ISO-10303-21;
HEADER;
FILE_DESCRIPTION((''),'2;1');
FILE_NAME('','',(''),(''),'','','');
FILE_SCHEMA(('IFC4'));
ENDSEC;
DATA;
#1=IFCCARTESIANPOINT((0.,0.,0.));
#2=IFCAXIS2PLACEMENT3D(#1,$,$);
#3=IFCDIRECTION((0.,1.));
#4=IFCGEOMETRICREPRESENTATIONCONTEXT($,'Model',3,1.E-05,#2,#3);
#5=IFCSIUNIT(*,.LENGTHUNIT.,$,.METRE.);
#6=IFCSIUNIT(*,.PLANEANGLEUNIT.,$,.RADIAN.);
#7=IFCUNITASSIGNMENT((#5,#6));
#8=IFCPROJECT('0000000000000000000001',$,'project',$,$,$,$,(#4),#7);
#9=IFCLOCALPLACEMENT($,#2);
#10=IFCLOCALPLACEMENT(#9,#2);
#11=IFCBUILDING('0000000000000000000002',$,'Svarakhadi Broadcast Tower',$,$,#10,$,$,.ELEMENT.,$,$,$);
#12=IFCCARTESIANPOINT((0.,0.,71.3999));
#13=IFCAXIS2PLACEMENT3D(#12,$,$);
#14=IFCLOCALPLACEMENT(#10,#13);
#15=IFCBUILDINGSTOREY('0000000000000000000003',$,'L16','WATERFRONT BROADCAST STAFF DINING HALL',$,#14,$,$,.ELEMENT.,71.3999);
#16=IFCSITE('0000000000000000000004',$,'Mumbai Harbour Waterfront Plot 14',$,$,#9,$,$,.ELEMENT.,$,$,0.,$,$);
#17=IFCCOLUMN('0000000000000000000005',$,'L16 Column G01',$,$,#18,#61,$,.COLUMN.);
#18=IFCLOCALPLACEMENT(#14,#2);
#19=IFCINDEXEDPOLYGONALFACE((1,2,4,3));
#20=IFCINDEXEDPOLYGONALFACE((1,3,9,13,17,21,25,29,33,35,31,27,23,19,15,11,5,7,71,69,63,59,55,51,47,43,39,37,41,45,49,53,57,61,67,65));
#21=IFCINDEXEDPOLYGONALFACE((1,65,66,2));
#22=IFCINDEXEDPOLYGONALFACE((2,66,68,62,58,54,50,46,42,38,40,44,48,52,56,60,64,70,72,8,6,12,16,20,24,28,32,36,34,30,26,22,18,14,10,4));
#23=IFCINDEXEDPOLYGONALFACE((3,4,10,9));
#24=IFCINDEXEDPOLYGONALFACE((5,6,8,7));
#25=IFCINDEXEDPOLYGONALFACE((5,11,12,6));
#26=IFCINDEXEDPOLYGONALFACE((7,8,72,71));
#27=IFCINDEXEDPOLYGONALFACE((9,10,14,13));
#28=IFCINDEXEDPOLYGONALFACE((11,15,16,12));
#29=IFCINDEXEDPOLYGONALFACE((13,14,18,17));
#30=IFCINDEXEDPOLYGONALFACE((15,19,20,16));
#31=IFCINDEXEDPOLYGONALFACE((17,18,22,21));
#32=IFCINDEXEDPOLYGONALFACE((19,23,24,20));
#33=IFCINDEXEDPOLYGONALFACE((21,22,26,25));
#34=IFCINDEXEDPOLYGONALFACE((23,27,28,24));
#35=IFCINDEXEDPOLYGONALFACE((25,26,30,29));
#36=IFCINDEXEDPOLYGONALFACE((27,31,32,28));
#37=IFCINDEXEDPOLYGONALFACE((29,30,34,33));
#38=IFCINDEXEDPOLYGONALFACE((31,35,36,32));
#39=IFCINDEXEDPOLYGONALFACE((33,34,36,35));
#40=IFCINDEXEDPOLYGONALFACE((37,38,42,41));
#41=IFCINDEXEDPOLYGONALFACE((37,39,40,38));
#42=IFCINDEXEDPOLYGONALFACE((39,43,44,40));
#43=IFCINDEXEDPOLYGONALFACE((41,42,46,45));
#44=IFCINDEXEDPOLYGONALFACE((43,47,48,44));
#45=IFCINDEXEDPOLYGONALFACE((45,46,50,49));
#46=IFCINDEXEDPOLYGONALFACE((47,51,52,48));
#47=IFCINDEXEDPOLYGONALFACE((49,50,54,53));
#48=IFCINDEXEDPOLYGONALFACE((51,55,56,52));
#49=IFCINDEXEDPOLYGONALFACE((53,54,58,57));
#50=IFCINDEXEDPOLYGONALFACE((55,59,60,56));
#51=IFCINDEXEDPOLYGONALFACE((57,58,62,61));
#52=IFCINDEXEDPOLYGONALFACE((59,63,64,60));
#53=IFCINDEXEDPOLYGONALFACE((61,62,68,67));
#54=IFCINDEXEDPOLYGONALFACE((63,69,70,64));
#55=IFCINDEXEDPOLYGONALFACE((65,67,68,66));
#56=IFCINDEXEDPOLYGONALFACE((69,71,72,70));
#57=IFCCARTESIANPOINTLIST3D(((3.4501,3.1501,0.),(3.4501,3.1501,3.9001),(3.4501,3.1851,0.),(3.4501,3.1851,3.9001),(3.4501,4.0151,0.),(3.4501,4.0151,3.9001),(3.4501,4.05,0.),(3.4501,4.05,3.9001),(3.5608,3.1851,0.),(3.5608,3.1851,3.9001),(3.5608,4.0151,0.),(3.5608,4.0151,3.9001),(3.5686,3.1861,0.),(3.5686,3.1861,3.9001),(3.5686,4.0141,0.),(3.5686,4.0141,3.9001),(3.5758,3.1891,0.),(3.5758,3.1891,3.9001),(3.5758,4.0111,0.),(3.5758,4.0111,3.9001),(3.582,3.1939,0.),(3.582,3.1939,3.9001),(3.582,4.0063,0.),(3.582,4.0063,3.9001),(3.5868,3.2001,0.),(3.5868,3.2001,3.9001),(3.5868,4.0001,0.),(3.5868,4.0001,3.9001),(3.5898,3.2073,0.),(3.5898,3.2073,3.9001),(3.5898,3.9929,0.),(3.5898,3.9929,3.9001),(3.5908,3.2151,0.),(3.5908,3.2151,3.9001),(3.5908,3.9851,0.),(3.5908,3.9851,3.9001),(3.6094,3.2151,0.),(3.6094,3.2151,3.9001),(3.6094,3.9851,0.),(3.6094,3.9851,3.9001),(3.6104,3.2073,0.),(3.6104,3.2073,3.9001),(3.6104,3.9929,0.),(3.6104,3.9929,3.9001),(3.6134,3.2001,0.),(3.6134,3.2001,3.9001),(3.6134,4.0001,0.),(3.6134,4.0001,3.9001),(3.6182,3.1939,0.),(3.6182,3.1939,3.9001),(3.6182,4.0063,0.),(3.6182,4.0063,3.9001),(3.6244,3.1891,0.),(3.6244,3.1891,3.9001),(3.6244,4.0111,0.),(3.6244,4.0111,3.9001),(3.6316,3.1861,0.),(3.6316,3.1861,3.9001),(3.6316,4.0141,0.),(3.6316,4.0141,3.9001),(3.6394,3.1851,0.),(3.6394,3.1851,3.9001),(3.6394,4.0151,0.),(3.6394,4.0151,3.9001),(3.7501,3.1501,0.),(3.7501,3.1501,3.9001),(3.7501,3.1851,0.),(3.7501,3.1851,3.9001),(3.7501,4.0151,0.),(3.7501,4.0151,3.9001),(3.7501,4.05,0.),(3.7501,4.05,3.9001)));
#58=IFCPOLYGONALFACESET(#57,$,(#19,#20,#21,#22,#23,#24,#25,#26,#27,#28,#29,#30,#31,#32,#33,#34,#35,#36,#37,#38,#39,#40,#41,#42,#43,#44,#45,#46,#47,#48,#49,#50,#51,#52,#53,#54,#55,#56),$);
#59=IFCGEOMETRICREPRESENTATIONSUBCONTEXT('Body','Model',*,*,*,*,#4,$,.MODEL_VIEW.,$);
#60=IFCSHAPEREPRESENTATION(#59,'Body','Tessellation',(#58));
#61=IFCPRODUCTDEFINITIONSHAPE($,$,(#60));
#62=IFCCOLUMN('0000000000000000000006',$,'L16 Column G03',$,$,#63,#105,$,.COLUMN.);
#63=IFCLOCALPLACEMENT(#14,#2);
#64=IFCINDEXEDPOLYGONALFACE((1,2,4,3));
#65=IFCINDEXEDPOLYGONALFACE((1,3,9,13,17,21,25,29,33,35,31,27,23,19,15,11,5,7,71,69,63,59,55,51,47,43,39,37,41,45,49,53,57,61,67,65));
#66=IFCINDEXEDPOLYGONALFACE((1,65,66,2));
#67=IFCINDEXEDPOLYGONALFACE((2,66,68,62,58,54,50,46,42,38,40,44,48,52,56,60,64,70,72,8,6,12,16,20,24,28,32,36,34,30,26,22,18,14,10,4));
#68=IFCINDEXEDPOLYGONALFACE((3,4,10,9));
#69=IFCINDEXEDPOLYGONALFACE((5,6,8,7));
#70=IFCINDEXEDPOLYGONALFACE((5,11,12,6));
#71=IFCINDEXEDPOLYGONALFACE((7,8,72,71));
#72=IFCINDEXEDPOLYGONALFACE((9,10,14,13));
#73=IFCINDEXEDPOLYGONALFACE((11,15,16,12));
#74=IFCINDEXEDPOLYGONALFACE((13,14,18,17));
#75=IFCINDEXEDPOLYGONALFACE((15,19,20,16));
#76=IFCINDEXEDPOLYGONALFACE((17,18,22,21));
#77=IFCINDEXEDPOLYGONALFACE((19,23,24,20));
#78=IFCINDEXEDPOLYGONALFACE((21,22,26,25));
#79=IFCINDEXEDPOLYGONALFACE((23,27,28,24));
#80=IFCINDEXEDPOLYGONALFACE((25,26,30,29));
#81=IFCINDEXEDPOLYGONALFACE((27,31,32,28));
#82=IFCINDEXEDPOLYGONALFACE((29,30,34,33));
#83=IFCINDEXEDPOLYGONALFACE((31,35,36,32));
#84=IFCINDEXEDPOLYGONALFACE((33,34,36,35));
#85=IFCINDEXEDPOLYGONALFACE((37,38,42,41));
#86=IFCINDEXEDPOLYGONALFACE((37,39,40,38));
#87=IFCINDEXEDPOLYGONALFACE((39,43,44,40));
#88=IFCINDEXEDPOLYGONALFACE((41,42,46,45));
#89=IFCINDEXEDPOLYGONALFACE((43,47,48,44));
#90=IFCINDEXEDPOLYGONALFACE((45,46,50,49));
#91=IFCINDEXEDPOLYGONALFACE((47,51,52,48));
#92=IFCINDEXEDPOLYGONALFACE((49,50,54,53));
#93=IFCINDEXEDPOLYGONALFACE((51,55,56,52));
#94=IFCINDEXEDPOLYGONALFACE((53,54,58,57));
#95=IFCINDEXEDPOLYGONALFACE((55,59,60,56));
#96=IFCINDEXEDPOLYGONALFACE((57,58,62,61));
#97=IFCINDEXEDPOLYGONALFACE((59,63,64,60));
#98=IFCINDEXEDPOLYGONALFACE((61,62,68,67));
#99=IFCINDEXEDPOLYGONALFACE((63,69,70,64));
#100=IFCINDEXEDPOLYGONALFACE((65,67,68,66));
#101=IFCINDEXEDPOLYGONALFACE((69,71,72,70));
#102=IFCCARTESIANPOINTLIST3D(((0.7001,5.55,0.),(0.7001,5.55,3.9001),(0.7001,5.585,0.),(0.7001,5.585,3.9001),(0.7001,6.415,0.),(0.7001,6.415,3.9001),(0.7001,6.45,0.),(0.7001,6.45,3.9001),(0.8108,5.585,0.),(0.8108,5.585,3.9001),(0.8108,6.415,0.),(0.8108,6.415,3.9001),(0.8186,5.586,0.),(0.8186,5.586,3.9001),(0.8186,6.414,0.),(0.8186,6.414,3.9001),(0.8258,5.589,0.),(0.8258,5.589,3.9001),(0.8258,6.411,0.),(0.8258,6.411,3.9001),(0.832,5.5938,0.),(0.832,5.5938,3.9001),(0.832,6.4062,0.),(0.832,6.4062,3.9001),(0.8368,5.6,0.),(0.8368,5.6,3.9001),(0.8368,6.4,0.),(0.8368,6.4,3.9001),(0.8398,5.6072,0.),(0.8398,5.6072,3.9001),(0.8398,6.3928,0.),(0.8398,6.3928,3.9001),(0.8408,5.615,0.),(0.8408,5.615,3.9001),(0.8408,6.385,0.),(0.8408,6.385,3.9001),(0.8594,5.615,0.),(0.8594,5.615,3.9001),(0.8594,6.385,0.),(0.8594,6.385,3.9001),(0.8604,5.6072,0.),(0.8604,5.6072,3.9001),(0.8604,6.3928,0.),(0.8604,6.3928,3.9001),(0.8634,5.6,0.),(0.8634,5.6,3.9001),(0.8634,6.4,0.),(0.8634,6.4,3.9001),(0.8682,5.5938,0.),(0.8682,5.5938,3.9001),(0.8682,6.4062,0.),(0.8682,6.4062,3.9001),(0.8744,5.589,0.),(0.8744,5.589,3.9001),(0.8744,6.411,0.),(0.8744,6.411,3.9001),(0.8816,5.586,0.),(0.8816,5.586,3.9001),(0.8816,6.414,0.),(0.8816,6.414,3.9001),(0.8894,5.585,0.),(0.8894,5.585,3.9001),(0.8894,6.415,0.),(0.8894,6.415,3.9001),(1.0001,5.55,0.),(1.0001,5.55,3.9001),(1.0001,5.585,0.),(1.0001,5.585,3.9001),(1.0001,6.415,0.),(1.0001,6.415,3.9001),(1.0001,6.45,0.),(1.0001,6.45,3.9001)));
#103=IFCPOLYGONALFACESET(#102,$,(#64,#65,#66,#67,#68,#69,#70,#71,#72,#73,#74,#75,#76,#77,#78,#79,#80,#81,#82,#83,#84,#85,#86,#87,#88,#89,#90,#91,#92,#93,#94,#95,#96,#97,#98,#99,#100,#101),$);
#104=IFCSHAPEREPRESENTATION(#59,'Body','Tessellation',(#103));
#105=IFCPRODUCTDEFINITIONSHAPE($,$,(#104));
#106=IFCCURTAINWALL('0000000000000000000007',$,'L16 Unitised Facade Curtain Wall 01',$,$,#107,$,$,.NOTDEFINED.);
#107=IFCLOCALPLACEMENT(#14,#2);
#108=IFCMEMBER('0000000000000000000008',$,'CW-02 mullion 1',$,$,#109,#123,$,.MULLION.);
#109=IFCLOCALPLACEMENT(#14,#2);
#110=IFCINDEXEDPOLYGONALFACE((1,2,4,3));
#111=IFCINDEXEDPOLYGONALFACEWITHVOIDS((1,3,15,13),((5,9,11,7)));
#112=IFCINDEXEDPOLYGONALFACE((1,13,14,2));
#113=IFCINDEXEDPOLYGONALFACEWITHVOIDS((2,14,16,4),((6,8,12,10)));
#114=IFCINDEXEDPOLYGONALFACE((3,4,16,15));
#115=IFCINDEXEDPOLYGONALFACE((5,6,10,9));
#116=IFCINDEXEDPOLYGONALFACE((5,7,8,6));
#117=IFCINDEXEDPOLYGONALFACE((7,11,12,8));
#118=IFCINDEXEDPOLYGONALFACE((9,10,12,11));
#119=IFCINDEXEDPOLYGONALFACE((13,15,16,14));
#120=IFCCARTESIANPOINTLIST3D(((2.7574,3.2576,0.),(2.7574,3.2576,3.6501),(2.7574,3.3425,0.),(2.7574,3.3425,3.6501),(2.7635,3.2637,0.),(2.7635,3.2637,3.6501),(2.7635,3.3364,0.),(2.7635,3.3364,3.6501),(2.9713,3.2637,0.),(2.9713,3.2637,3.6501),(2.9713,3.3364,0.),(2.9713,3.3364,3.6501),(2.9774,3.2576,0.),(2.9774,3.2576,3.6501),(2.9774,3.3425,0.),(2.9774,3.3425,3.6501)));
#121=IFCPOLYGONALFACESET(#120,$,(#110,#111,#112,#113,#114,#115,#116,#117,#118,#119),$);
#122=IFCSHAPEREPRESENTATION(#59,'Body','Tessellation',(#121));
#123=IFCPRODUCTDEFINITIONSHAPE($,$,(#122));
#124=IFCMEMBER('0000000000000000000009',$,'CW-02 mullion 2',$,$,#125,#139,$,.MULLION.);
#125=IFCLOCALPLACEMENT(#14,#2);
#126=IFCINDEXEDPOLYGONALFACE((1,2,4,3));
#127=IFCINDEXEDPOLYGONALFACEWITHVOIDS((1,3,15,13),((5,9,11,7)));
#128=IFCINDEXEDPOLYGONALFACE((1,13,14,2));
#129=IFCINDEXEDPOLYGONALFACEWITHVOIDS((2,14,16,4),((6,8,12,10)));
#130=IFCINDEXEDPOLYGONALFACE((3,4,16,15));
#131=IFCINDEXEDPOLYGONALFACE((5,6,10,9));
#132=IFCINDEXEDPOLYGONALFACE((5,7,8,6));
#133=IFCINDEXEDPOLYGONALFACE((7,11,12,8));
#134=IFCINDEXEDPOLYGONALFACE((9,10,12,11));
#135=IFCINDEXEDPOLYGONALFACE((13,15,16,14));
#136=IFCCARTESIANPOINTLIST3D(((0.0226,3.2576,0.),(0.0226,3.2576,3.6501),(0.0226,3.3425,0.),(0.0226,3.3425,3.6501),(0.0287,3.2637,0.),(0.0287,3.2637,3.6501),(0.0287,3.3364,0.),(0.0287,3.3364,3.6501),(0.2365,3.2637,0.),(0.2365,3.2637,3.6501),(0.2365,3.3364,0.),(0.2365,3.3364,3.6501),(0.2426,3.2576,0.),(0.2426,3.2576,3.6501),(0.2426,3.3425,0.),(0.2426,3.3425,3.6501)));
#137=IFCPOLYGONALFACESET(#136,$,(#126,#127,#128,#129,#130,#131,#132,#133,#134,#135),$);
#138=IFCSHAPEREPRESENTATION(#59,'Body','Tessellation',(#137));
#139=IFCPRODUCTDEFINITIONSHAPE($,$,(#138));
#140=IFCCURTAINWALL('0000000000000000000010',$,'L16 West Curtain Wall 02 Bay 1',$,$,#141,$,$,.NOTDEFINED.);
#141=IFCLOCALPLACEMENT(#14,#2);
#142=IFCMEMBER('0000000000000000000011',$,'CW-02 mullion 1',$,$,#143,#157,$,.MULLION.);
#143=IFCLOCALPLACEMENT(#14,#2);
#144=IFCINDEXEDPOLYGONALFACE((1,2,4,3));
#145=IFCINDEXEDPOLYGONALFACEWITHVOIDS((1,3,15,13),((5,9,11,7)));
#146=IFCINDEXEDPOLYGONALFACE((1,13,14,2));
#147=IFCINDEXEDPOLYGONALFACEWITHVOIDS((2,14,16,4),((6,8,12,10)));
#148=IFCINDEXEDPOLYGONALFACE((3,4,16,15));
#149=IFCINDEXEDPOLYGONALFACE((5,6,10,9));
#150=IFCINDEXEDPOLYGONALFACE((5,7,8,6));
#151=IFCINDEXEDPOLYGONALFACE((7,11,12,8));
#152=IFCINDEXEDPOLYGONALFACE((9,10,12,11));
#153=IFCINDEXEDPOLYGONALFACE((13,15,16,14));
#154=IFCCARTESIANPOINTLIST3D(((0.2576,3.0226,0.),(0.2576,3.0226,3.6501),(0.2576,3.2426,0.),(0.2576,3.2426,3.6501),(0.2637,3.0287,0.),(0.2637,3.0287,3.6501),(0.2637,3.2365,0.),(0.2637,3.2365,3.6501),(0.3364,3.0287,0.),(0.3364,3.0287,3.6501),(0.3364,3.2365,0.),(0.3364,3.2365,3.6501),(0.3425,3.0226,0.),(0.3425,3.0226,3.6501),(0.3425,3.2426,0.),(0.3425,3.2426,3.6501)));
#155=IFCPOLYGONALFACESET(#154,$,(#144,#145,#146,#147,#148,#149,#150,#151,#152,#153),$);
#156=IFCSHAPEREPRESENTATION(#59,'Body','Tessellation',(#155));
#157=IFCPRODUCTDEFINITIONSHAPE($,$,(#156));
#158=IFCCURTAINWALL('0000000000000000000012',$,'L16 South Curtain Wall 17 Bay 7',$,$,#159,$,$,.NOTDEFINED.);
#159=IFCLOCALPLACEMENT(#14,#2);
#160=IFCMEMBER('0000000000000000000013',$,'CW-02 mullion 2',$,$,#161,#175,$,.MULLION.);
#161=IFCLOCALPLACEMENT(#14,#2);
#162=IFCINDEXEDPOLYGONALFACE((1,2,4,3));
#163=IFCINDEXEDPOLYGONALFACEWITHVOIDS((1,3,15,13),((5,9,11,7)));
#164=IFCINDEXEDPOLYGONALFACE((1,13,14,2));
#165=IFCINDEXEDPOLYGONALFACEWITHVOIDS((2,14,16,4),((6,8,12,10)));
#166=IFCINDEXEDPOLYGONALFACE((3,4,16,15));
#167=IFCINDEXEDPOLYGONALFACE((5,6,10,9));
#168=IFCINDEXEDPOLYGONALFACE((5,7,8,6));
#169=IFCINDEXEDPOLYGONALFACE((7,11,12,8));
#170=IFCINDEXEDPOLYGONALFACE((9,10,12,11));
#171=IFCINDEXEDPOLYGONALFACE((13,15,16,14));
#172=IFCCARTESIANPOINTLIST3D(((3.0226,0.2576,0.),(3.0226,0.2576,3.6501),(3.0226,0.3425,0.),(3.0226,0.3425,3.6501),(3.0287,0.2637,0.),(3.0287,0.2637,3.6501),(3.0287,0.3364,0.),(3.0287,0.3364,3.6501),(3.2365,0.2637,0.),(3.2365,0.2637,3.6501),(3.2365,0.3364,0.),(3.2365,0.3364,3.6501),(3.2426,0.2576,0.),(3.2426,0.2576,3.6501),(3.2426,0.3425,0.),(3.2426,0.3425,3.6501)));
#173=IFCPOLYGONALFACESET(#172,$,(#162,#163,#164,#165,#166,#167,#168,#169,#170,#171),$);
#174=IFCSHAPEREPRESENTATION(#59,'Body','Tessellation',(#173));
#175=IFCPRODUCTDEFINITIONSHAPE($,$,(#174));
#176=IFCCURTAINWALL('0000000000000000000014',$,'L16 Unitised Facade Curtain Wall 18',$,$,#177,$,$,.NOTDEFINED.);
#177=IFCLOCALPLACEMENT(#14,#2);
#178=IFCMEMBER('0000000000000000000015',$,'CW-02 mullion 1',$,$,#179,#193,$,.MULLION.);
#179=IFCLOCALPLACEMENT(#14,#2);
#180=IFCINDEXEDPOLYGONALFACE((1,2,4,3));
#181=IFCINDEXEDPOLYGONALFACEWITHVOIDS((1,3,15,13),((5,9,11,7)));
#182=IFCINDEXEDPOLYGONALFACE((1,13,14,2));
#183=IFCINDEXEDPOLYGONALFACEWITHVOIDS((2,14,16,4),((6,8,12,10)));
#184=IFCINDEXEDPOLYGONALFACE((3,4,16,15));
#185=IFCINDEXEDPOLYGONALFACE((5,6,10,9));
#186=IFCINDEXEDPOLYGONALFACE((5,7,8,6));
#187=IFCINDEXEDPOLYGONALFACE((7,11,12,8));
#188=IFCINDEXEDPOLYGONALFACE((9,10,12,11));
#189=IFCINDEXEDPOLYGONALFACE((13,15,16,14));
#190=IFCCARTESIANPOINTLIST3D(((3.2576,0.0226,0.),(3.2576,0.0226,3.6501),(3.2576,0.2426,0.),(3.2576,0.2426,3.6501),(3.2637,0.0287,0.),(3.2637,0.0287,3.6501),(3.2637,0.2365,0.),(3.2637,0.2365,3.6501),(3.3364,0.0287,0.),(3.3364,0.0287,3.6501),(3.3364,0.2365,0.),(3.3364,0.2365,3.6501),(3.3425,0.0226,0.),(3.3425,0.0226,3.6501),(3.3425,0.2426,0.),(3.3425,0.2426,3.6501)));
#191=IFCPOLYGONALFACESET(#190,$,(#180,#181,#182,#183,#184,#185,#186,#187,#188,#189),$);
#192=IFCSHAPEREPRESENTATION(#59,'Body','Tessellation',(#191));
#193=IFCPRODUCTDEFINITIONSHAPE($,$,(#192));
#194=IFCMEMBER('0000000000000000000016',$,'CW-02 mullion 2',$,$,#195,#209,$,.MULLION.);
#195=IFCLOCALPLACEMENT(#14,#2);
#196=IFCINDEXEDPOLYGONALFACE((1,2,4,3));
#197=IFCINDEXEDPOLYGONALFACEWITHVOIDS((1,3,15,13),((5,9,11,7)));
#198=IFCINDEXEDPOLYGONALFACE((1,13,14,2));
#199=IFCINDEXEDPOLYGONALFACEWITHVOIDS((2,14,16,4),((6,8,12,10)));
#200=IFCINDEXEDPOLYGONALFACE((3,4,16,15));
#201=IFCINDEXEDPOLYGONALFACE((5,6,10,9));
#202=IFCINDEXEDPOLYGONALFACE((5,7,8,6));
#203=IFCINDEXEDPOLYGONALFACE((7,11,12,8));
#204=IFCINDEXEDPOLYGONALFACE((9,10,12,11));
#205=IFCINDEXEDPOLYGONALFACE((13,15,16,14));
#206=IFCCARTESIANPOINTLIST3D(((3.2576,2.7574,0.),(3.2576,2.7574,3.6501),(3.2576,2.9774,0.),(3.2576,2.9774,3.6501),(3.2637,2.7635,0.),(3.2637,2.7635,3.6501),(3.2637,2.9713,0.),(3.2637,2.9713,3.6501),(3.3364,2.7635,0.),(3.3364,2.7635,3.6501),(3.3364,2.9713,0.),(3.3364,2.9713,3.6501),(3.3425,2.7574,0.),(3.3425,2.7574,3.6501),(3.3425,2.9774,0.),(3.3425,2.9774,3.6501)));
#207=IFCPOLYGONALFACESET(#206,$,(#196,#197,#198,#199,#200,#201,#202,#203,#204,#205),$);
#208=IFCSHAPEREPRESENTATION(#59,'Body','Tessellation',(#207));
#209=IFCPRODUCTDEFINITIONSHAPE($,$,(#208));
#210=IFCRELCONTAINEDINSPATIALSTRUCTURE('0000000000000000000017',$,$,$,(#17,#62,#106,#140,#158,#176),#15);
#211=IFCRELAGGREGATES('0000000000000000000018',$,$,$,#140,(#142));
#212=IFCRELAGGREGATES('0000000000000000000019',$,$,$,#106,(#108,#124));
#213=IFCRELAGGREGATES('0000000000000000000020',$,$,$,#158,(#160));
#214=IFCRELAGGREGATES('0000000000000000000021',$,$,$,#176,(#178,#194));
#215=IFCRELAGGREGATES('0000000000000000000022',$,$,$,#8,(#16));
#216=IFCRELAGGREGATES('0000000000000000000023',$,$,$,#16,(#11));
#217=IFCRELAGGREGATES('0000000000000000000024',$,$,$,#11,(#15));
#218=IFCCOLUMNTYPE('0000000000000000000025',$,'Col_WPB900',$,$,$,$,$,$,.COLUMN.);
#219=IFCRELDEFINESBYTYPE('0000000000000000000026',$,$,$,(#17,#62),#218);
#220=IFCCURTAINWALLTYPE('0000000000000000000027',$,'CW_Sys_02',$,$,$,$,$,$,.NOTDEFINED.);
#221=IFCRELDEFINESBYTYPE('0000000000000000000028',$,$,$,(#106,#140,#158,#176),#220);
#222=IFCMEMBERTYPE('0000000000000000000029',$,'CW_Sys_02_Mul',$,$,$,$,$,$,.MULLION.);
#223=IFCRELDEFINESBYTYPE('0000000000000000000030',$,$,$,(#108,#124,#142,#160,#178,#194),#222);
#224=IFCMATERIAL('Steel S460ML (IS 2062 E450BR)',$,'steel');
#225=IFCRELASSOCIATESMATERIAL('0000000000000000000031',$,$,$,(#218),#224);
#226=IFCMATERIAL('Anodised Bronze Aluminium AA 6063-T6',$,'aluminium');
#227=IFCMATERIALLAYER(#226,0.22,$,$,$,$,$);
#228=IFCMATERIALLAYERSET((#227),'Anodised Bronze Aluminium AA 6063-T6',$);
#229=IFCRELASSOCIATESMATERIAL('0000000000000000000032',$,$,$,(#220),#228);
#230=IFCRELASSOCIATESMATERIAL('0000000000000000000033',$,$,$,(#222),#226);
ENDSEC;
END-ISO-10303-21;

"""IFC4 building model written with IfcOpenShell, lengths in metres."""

from ifc_helpers import new_model, si_unit, direction, frame, origin, origin_2d, place, context, subcontext, project, spatial, hollow_rectangle, i_section, extrude, material, layer, layer_set, material_profile, profile_set, type_object, element, aggregate, save


model = new_model("IFC4")

# Units and contexts
model_context = context("Model", 3, precision=1e-05, world=origin(), true_north=direction((0.0, 1.0)))
body_context = subcontext(model_context, "Body", "Model", "MODEL_VIEW")
ifc_project = project(units=[si_unit("LENGTHUNIT", "METRE"), si_unit("PLANEANGLEUNIT", "RADIAN")], contexts=[model_context])

# Site, building, storey
site_placement = place(None, origin())
site = spatial("IfcSite", under=ifc_project, at=site_placement, Name="Mumbai Harbour Waterfront Plot 14", CompositionType="ELEMENT", RefElevation=0.0)
building_placement = place(site_placement, origin())
building = spatial("IfcBuilding", under=site, at=building_placement, Name="Svarakhadi Broadcast Tower", CompositionType="ELEMENT")
storey_placement = place(building_placement, frame((0.0, 0.0, 71.3999)))
storey = spatial("IfcBuildingStorey", under=building, at=storey_placement, Name="L16", Description="WATERFRONT BROADCAST STAFF DINING HALL", CompositionType="ELEMENT", Elevation=71.3999)

# Columns
ifc_material_1 = material(Name="Steel S460ML (IS 2062 E450BR)", Category="steel")
ifc_material_profile_1 = material_profile(ifc_material_1, i_section(OverallWidth=0.3, OverallDepth=0.8999, WebThickness=0.0186, FlangeThickness=0.0349, FilletRadius=0.03, at=origin_2d()), Name="WPB 900x300x291")
ifc_profile_set_1 = profile_set([ifc_material_profile_1], Name="Steel S460ML (IS 2062 E450BR)")
column_type = type_object("IfcColumnType", Name="Col_WPB900", PredefinedType="COLUMN", material=ifc_profile_set_1)
for number, where, z_axis, x_axis, name in (
    (1, (3.6001, 3.6001, 0.0), (0.0, 0.0, 1.0), (1.0, 0.0, 0.0), "L16 Column G01"),
    (2, (0.8501, 6.0, 0.0), (0.0, 0.0, 1.0), (1.0, 0.0, 0.0), "L16 Column G03"),
):
    element("IfcColumn", number, at=place(storey_placement, frame(where, z_axis=z_axis, x_axis=x_axis)), inside=storey, type_object=column_type, Name=name, PredefinedType="COLUMN", context=body_context, shape_type="SweptSolid", body=[
        extrude(i_section(OverallWidth=0.3, OverallDepth=0.8999, WebThickness=0.0186, FlangeThickness=0.0349, FilletRadius=0.03, at=origin_2d()), origin(), (0.0, 0.0, 1.0), 3.9001),
    ])

# Curtain wall, members
ifc_material_2 = material(Name="Anodised Bronze Aluminium AA 6063-T6", Category="aluminium")
ifc_layer_1 = layer(ifc_material_2, 0.22)
ifc_layer_set_1 = layer_set([ifc_layer_1], Name="Anodised Bronze Aluminium AA 6063-T6")
curtain_wall_type = type_object("IfcCurtainWallType", Name="CW_Sys_02", PredefinedType="NOTDEFINED", material=ifc_layer_set_1)
curtain_wall_1_placement = place(storey_placement, origin())
curtain_wall_1 = element("IfcCurtainWall", 3, at=curtain_wall_1_placement, inside=storey, type_object=curtain_wall_type, Name="L16 Unitised Facade Curtain Wall 01", PredefinedType="NOTDEFINED")
ifc_material_profile_2 = material_profile(ifc_material_2, hollow_rectangle(XDim=0.085, YDim=0.22, WallThickness=0.0061, at=origin_2d()), Name="ALU MULLION 220x85x6")
ifc_profile_set_2 = profile_set([ifc_material_profile_2], Name="Anodised Bronze Aluminium AA 6063-T6")
member_type_1 = type_object("IfcMemberType", Name="CW_Sys_02_Mul", PredefinedType="MULLION", material=ifc_profile_set_2)
member_1_placement = place(storey_placement, frame((2.8674, 3.3, 0.0), z_axis=(0.0, 0.0, 1.0), x_axis=(0.0, -1.0, 0.0)))
member_1 = element("IfcMember", 4, at=member_1_placement, type_object=member_type_1, Name="CW-02 mullion 1", PredefinedType="MULLION", context=body_context, shape_type="SweptSolid", body=[
    extrude(hollow_rectangle(XDim=0.085, YDim=0.22, WallThickness=0.0061, at=origin_2d()), origin(), (0.0, 0.0, 1.0), 3.6501),
])
member_2_placement = place(storey_placement, frame((0.1326, 3.3, 0.0), z_axis=(0.0, 0.0, 1.0), x_axis=(0.0, -1.0, 0.0)))
member_2 = element("IfcMember", 5, at=member_2_placement, type_object=member_type_1, Name="CW-02 mullion 2", PredefinedType="MULLION", context=body_context, shape_type="SweptSolid", body=[
    extrude(hollow_rectangle(XDim=0.085, YDim=0.22, WallThickness=0.0061, at=origin_2d()), origin(), (0.0, 0.0, 1.0), 3.6501),
])

# Curtain walls, members
curtain_wall_2_placement = place(storey_placement, origin())
curtain_wall_2 = element("IfcCurtainWall", 6, at=curtain_wall_2_placement, inside=storey, type_object=curtain_wall_type, Name="L16 West Curtain Wall 02 Bay 1", PredefinedType="NOTDEFINED")
member_3_placement = place(storey_placement, frame((0.3, 3.1326, 0.0), z_axis=(0.0, 0.0, 1.0), x_axis=(-1.0, 0.0, 0.0)))
member_3 = element("IfcMember", 7, at=member_3_placement, type_object=member_type_1, Name="CW-02 mullion 1", PredefinedType="MULLION", context=body_context, shape_type="SweptSolid", body=[
    extrude(hollow_rectangle(XDim=0.085, YDim=0.22, WallThickness=0.0061, at=origin_2d()), origin(), (0.0, 0.0, 1.0), 3.6501),
])
curtain_wall_3_placement = place(storey_placement, origin())
curtain_wall_3 = element("IfcCurtainWall", 8, at=curtain_wall_3_placement, inside=storey, type_object=curtain_wall_type, Name="L16 South Curtain Wall 17 Bay 7", PredefinedType="NOTDEFINED")
member_4_placement = place(storey_placement, frame((3.1326, 0.3, 0.0), z_axis=(0.0, 0.0, 1.0), x_axis=(0.0, -1.0, 0.0)))
member_4 = element("IfcMember", 9, at=member_4_placement, type_object=member_type_1, Name="CW-02 mullion 2", PredefinedType="MULLION", context=body_context, shape_type="SweptSolid", body=[
    extrude(hollow_rectangle(XDim=0.085, YDim=0.22, WallThickness=0.0061, at=origin_2d()), origin(), (0.0, 0.0, 1.0), 3.6501),
])

# Curtain wall, members
curtain_wall_4_placement = place(storey_placement, origin())
curtain_wall_4 = element("IfcCurtainWall", 10, at=curtain_wall_4_placement, inside=storey, type_object=curtain_wall_type, Name="L16 Unitised Facade Curtain Wall 18", PredefinedType="NOTDEFINED")
member_5_placement = place(storey_placement, frame((3.3, 0.1326, 0.0), z_axis=(0.0, 0.0, 1.0), x_axis=(-1.0, 0.0, 0.0)))
member_5 = element("IfcMember", 11, at=member_5_placement, type_object=member_type_1, Name="CW-02 mullion 1", PredefinedType="MULLION", context=body_context, shape_type="SweptSolid", body=[
    extrude(hollow_rectangle(XDim=0.085, YDim=0.22, WallThickness=0.0061, at=origin_2d()), origin(), (0.0, 0.0, 1.0), 3.6501),
])
member_6_placement = place(storey_placement, frame((3.3, 2.8674, 0.0), z_axis=(0.0, 0.0, 1.0), x_axis=(-1.0, 0.0, 0.0)))
member_6 = element("IfcMember", 12, at=member_6_placement, type_object=member_type_1, Name="CW-02 mullion 2", PredefinedType="MULLION", context=body_context, shape_type="SweptSolid", body=[
    extrude(hollow_rectangle(XDim=0.085, YDim=0.22, WallThickness=0.0061, at=origin_2d()), origin(), (0.0, 0.0, 1.0), 3.6501),
])

aggregate(curtain_wall_2, [member_3])

aggregate(curtain_wall_1, [member_1, member_2])
aggregate(curtain_wall_3, [member_4])
aggregate(curtain_wall_4, [member_5, member_6])

save(model, "model.ifc")
